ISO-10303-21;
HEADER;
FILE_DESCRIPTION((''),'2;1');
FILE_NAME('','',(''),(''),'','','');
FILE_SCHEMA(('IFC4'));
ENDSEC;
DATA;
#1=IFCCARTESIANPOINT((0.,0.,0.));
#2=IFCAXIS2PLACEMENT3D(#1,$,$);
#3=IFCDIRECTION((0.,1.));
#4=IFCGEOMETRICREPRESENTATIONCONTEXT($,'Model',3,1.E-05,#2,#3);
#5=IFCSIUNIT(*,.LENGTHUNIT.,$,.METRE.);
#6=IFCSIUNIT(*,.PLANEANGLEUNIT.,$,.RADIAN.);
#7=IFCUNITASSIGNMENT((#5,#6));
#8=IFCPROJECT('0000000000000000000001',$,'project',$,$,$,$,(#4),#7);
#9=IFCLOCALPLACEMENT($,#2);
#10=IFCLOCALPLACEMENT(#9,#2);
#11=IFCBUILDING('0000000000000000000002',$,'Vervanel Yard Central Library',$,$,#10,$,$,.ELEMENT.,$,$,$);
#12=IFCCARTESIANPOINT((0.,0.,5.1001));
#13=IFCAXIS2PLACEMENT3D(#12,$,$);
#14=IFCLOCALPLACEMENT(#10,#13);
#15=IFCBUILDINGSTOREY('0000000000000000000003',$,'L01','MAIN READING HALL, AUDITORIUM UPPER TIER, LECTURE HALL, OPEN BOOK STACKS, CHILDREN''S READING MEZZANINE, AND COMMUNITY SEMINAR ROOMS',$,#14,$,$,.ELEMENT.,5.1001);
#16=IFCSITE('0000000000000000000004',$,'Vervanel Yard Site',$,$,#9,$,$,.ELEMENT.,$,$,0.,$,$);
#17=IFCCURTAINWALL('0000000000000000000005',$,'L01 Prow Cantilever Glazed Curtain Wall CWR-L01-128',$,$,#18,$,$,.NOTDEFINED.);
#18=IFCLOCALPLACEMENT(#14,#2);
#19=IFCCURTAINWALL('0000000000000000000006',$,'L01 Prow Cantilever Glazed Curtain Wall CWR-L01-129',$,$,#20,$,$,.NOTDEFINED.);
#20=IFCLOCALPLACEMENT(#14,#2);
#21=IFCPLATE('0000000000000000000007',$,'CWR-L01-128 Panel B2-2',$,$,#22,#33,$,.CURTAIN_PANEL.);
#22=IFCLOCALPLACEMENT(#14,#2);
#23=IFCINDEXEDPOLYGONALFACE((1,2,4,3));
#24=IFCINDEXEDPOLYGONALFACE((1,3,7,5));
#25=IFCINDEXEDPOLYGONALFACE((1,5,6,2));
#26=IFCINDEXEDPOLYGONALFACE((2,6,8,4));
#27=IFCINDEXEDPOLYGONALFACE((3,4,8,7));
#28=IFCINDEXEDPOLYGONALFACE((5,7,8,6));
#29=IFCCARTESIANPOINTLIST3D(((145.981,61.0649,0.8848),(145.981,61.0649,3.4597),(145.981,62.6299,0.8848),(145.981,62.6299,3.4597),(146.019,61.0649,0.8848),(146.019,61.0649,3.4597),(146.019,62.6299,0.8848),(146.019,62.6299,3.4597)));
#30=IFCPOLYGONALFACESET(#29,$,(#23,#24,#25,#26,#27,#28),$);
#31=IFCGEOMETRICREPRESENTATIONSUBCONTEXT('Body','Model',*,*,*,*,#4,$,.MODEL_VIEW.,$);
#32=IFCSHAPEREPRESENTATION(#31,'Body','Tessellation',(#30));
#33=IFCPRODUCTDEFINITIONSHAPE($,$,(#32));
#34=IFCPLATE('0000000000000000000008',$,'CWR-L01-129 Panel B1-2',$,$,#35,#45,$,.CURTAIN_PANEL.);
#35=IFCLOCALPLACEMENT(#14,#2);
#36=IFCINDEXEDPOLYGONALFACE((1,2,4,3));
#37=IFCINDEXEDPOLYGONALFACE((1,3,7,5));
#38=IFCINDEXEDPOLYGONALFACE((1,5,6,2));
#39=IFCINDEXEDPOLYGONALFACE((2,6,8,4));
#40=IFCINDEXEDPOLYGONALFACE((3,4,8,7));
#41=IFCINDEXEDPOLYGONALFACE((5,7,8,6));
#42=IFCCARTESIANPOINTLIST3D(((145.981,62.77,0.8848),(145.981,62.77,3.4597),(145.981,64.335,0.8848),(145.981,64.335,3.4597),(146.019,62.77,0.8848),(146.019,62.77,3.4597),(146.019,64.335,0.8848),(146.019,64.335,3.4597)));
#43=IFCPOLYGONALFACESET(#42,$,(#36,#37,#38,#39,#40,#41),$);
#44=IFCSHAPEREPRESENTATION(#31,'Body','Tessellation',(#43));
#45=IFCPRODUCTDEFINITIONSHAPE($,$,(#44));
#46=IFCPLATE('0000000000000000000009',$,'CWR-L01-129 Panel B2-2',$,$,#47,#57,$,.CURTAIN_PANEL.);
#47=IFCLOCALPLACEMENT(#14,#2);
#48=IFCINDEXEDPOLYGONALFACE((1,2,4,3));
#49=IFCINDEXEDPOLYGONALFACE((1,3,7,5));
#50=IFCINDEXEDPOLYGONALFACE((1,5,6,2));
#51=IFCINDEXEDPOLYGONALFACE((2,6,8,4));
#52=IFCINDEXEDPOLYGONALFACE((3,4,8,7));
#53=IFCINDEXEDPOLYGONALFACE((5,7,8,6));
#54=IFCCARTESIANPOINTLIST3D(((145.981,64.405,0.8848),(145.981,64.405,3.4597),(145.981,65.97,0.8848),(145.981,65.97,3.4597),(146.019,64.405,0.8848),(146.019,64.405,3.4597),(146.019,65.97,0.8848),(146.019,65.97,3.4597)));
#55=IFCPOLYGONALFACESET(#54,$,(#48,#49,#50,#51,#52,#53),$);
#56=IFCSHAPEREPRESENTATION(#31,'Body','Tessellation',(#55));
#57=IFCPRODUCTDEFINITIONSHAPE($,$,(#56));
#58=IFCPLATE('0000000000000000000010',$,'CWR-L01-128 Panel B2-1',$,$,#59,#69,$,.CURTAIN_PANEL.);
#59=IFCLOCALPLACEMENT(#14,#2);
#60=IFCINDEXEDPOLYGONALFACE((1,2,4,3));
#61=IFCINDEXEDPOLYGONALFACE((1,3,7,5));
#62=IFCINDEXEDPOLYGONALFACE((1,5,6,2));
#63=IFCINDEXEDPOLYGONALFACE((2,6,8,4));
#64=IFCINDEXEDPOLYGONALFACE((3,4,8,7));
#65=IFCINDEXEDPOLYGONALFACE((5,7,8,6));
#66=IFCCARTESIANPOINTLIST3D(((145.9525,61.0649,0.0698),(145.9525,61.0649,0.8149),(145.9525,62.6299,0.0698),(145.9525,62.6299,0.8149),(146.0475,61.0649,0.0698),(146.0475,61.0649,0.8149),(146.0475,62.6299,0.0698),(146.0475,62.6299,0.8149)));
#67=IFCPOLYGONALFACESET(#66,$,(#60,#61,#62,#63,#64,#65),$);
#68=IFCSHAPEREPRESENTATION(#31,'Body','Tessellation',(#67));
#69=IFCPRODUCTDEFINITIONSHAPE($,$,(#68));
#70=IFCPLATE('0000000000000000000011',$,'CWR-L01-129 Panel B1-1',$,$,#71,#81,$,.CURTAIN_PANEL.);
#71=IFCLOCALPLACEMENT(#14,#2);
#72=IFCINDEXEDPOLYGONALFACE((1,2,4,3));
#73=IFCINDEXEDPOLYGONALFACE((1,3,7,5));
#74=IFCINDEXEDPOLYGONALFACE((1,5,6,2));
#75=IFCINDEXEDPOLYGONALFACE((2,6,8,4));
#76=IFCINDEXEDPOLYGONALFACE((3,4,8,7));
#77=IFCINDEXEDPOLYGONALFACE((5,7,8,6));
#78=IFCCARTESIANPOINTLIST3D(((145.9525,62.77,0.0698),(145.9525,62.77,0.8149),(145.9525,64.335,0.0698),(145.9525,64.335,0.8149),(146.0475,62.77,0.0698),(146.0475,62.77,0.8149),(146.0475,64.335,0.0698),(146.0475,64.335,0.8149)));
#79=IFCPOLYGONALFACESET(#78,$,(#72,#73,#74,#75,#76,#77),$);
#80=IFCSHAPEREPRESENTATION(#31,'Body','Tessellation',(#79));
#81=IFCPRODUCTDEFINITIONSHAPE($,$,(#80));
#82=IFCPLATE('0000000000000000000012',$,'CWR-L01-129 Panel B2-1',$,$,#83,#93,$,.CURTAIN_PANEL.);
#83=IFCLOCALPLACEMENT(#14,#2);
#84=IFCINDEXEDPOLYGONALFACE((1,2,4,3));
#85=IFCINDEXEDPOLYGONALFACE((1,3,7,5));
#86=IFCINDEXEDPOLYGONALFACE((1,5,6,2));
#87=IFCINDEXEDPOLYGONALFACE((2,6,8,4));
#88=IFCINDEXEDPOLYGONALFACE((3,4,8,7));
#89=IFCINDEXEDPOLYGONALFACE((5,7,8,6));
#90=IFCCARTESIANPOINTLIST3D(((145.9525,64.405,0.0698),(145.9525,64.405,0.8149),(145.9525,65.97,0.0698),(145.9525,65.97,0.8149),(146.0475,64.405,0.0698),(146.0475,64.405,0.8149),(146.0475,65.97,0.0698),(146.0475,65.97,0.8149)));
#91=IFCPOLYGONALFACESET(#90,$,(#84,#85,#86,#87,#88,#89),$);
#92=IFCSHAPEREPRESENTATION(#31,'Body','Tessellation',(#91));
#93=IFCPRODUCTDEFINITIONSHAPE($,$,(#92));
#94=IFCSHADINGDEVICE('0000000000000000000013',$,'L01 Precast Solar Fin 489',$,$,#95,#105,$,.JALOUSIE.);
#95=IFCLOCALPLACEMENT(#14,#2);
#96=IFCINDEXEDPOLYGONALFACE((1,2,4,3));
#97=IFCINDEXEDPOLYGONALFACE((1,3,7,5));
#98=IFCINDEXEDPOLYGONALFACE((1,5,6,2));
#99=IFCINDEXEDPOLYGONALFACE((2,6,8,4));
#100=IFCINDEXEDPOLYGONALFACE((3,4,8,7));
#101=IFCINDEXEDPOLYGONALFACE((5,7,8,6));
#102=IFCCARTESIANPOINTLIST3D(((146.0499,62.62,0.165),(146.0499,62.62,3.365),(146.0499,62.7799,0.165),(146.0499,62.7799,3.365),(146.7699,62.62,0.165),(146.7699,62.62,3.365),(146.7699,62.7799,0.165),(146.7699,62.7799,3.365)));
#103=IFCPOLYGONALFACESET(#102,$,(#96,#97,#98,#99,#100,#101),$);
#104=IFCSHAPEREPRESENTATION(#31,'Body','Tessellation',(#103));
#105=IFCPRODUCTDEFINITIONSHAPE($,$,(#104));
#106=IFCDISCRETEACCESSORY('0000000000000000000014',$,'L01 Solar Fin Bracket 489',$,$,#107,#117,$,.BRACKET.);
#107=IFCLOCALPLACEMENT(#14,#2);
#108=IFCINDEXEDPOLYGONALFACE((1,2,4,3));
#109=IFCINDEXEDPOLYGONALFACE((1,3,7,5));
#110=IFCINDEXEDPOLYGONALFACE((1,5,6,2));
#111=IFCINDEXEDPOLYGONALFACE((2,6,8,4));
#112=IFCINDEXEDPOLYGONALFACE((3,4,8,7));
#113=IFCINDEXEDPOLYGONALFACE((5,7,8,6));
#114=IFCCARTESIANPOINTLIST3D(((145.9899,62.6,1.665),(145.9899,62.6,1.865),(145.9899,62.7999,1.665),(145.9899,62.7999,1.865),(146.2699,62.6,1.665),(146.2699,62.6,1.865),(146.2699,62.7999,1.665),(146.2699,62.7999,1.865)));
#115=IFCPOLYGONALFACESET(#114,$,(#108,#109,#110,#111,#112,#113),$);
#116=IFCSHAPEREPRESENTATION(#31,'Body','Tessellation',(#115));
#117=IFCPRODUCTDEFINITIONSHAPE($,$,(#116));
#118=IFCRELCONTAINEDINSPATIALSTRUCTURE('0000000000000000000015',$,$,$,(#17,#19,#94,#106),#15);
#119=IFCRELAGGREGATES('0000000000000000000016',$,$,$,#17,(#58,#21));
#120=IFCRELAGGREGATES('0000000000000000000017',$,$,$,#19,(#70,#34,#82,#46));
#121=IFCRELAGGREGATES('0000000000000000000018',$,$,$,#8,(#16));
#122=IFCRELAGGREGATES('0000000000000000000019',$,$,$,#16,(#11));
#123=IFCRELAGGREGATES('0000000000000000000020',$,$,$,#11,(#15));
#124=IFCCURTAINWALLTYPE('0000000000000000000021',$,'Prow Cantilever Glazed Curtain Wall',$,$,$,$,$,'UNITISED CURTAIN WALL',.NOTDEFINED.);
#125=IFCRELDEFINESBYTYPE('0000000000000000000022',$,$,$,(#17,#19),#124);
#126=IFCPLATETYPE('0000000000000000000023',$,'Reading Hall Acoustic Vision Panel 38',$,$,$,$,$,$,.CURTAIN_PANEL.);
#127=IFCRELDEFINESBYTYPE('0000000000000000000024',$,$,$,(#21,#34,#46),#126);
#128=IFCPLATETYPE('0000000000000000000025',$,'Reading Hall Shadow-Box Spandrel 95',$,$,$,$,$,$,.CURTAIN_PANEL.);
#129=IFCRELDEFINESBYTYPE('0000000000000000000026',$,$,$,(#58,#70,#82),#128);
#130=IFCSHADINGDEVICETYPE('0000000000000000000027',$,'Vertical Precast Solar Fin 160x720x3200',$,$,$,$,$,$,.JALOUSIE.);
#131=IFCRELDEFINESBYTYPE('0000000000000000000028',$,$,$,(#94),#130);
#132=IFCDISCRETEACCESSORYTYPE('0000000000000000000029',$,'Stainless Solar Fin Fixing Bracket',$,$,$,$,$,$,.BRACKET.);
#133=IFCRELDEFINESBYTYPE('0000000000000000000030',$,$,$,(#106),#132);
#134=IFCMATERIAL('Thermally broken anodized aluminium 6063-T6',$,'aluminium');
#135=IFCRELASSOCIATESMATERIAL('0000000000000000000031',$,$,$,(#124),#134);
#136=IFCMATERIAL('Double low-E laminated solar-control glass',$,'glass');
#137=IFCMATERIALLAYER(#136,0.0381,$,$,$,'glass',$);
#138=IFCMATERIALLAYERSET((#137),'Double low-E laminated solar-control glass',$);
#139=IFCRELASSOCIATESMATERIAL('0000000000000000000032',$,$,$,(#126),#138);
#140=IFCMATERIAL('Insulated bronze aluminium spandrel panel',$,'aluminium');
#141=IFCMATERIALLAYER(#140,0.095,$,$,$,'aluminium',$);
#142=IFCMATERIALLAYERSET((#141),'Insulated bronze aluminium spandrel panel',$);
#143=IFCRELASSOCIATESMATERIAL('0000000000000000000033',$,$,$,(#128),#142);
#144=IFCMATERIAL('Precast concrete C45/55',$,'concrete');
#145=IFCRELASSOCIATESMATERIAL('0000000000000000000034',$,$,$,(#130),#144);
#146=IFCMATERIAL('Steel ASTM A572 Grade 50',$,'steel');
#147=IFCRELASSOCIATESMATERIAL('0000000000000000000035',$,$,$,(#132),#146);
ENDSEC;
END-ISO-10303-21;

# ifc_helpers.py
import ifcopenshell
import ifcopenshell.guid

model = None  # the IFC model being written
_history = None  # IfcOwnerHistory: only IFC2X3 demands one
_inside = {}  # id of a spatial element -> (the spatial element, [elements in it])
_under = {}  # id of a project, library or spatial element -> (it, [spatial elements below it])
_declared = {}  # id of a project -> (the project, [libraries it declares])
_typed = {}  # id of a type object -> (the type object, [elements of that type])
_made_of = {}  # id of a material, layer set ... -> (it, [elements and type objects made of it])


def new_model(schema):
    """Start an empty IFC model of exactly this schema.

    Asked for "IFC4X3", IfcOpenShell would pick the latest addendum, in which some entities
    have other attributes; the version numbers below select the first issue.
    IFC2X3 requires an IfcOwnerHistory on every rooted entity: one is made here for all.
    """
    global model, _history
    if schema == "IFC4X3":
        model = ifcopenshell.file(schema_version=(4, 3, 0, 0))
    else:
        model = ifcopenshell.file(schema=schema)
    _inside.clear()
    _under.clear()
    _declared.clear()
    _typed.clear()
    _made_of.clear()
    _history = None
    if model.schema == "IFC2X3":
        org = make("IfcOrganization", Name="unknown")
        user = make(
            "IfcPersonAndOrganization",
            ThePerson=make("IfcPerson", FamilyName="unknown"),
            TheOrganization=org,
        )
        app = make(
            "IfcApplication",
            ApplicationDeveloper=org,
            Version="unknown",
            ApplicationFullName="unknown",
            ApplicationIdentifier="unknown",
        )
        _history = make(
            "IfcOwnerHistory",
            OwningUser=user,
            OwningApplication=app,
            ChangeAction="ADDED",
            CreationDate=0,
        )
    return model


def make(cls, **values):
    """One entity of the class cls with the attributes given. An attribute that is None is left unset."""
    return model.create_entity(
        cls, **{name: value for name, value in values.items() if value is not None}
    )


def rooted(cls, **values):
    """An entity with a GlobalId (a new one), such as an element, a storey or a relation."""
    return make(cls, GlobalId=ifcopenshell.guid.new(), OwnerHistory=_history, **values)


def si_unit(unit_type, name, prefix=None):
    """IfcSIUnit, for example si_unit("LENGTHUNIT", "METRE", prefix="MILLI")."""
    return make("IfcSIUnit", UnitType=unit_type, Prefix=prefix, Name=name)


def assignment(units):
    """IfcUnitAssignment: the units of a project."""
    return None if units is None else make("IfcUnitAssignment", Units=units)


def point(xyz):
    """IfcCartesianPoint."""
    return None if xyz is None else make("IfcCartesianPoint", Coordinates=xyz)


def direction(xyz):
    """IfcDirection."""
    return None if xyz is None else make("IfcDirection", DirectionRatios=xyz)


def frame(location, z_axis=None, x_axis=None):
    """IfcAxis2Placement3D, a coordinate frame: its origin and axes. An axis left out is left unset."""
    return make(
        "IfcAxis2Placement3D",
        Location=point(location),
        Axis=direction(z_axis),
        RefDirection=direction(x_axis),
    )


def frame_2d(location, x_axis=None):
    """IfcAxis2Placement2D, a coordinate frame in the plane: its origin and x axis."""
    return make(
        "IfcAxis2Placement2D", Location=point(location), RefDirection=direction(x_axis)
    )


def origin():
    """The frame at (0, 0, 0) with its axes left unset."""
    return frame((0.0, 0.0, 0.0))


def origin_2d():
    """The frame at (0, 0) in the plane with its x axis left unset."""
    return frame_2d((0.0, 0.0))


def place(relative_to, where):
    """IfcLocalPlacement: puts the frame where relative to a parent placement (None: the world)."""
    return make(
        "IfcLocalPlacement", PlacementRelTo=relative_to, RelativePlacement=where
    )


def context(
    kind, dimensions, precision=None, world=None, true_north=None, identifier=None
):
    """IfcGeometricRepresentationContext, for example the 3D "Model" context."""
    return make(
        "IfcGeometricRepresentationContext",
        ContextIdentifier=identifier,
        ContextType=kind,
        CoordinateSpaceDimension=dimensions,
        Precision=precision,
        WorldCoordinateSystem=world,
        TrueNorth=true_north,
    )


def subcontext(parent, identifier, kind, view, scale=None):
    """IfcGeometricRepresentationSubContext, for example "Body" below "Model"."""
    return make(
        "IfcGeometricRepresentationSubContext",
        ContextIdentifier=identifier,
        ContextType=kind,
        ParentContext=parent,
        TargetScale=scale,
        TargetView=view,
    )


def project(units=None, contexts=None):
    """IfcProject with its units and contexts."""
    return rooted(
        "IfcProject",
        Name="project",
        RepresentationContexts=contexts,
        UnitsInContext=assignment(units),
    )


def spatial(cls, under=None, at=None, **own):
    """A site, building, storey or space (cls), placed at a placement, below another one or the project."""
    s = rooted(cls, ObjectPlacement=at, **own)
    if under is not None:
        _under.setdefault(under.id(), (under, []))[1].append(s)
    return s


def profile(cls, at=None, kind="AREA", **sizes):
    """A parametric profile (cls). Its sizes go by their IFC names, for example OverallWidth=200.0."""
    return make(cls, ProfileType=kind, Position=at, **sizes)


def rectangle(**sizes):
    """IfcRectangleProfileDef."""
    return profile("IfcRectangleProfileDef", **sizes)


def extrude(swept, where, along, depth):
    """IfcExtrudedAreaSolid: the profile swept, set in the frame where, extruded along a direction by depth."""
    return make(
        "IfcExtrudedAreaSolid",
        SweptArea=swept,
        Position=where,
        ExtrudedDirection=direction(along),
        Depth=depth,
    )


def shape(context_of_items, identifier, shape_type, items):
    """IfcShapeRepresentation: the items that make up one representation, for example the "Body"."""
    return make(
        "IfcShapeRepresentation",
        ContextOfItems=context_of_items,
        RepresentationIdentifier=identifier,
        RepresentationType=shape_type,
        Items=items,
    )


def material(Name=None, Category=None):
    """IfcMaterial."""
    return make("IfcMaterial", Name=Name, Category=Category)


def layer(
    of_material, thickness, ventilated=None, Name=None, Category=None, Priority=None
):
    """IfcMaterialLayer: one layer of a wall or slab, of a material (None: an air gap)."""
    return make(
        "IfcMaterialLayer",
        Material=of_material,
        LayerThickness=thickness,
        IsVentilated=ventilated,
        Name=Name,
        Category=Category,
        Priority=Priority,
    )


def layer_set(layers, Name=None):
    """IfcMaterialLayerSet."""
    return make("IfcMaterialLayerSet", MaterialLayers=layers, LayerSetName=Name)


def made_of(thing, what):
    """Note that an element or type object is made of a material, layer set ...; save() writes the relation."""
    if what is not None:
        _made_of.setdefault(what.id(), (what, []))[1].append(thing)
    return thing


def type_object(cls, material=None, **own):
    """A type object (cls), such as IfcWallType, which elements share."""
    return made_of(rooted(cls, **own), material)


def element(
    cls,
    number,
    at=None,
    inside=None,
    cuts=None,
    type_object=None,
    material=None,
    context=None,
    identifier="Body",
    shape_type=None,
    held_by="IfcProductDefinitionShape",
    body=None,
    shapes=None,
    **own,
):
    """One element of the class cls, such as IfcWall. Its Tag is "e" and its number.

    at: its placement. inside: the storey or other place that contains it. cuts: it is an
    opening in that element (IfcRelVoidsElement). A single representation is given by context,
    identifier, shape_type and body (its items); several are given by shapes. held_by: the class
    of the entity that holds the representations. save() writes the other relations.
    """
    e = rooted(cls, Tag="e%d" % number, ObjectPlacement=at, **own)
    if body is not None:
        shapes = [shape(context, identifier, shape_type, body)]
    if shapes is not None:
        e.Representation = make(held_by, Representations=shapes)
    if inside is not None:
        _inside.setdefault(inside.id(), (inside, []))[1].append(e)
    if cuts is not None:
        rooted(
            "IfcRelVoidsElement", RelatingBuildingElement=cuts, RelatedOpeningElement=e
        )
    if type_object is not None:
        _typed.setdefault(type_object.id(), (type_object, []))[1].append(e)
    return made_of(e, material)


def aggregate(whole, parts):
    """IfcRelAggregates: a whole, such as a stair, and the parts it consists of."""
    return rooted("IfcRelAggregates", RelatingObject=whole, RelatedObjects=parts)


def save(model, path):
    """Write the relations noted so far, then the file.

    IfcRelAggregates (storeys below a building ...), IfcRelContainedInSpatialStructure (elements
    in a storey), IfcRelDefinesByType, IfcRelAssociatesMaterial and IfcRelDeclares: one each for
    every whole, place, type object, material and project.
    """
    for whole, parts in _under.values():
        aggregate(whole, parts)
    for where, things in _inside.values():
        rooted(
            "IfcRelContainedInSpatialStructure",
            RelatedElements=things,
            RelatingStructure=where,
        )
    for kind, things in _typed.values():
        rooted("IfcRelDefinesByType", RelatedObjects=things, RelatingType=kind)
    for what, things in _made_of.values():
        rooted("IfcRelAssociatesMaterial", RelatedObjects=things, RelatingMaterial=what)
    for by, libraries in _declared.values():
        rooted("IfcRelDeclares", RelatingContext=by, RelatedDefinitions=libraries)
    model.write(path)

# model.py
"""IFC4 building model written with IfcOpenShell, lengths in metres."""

from ifc_helpers import new_model, si_unit, direction, frame, origin, origin_2d, place, context, subcontext, project, spatial, rectangle, extrude, material, layer, layer_set, type_object, element, aggregate, save


model = new_model("IFC4")

# Units and contexts
model_context = context("Model", 3, precision=1e-05, world=origin(), true_north=direction((0.0, 1.0)))
body_context = subcontext(model_context, "Body", "Model", "MODEL_VIEW")
ifc_project = project(units=[si_unit("LENGTHUNIT", "METRE"), si_unit("PLANEANGLEUNIT", "RADIAN")], contexts=[model_context])

# Site, building, storey
site_placement = place(None, origin())
site = spatial("IfcSite", under=ifc_project, at=site_placement, Name="Vervanel Yard Site", CompositionType="ELEMENT", RefElevation=0.0)
building_placement = place(site_placement, origin())
building = spatial("IfcBuilding", under=site, at=building_placement, Name="Vervanel Yard Central Library", CompositionType="ELEMENT")
storey_placement = place(building_placement, frame((0.0, 0.0, 5.1001)))
storey = spatial("IfcBuildingStorey", under=building, at=storey_placement, Name="L01", Description="MAIN READING HALL, AUDITORIUM UPPER TIER, LECTURE HALL, OPEN BOOK STACKS, CHILDREN'S READING MEZZANINE, AND COMMUNITY SEMINAR ROOMS", CompositionType="ELEMENT", Elevation=5.1001)

# Curtain wall
ifc_material_1 = material(Name="Thermally broken anodized aluminium 6063-T6", Category="aluminium")
curtain_wall_type = type_object("IfcCurtainWallType", Name="Prow Cantilever Glazed Curtain Wall", ElementType="UNITISED CURTAIN WALL", PredefinedType="NOTDEFINED", material=ifc_material_1)
curtain_wall_1_placement = place(storey_placement, origin())
curtain_wall_1 = element("IfcCurtainWall", 1, at=curtain_wall_1_placement, inside=storey, type_object=curtain_wall_type, Name="L01 Prow Cantilever Glazed Curtain Wall CWR-L01-128", PredefinedType="NOTDEFINED")

# Curtain wall
curtain_wall_2_placement = place(storey_placement, origin())
curtain_wall_2 = element("IfcCurtainWall", 2, at=curtain_wall_2_placement, inside=storey, type_object=curtain_wall_type, Name="L01 Prow Cantilever Glazed Curtain Wall CWR-L01-129", PredefinedType="NOTDEFINED")

# Plates
ifc_material_2 = material(Name="Double low-E laminated solar-control glass", Category="glass")
ifc_layer_1 = layer(ifc_material_2, 0.0381, Category="glass")
ifc_layer_set_1 = layer_set([ifc_layer_1], Name="Double low-E laminated solar-control glass")
plate_type_1 = type_object("IfcPlateType", Name="Reading Hall Acoustic Vision Panel 38", PredefinedType="CURTAIN_PANEL", material=ifc_layer_set_1)
plate_1_placement = place(storey_placement, frame((146.0, 61.8474, 0.8848), z_axis=(0.0, 0.0, 1.0), x_axis=(0.0, 1.0, 0.0)))
plate_1 = element("IfcPlate", 3, at=plate_1_placement, type_object=plate_type_1, Name="CWR-L01-128 Panel B2-2", PredefinedType="CURTAIN_PANEL", context=body_context, shape_type="SweptSolid", body=[
    extrude(rectangle(XDim=1.5649, YDim=0.0381, at=origin_2d()), origin(), (0.0, 0.0, 1.0), 2.575),
])
plate_2_placement = place(storey_placement, frame((146.0, 63.5525, 0.8848), z_axis=(0.0, 0.0, 1.0), x_axis=(0.0, 1.0, 0.0)))
plate_2 = element("IfcPlate", 4, at=plate_2_placement, type_object=plate_type_1, Name="CWR-L01-129 Panel B1-2", PredefinedType="CURTAIN_PANEL", context=body_context, shape_type="SweptSolid", body=[
    extrude(rectangle(XDim=1.5649, YDim=0.0381, at=origin_2d()), origin(), (0.0, 0.0, 1.0), 2.575),
])
plate_3_placement = place(storey_placement, frame((146.0, 65.1875, 0.8848), z_axis=(0.0, 0.0, 1.0), x_axis=(0.0, 1.0, 0.0)))
plate_3 = element("IfcPlate", 5, at=plate_3_placement, type_object=plate_type_1, Name="CWR-L01-129 Panel B2-2", PredefinedType="CURTAIN_PANEL", context=body_context, shape_type="SweptSolid", body=[
    extrude(rectangle(XDim=1.5649, YDim=0.0381, at=origin_2d()), origin(), (0.0, 0.0, 1.0), 2.575),
])
ifc_material_3 = material(Name="Insulated bronze aluminium spandrel panel", Category="aluminium")
ifc_layer_2 = layer(ifc_material_3, 0.095, Category="aluminium")
ifc_layer_set_2 = layer_set([ifc_layer_2], Name="Insulated bronze aluminium spandrel panel")
plate_type_2 = type_object("IfcPlateType", Name="Reading Hall Shadow-Box Spandrel 95", PredefinedType="CURTAIN_PANEL", material=ifc_layer_set_2)
plate_4_placement = place(storey_placement, frame((146.0, 61.8474, 0.0698), z_axis=(0.0, 0.0, 1.0), x_axis=(0.0, 1.0, 0.0)))
plate_4 = element("IfcPlate", 6, at=plate_4_placement, type_object=plate_type_2, Name="CWR-L01-128 Panel B2-1", PredefinedType="CURTAIN_PANEL", context=body_context, shape_type="SweptSolid", body=[
    extrude(rectangle(XDim=1.5649, YDim=0.095, at=origin_2d()), origin(), (0.0, 0.0, 1.0), 0.7451),
])
aggregate(curtain_wall_1, [plate_4, plate_1])
plate_5_placement = place(storey_placement, frame((146.0, 63.5525, 0.0698), z_axis=(0.0, 0.0, 1.0), x_axis=(0.0, 1.0, 0.0)))
plate_5 = element("IfcPlate", 7, at=plate_5_placement, type_object=plate_type_2, Name="CWR-L01-129 Panel B1-1", PredefinedType="CURTAIN_PANEL", context=body_context, shape_type="SweptSolid", body=[
    extrude(rectangle(XDim=1.5649, YDim=0.095, at=origin_2d()), origin(), (0.0, 0.0, 1.0), 0.7451),
])
plate_6_placement = place(storey_placement, frame((146.0, 65.1875, 0.0698), z_axis=(0.0, 0.0, 1.0), x_axis=(0.0, 1.0, 0.0)))
plate_6 = element("IfcPlate", 8, at=plate_6_placement, type_object=plate_type_2, Name="CWR-L01-129 Panel B2-1", PredefinedType="CURTAIN_PANEL", context=body_context, shape_type="SweptSolid", body=[
    extrude(rectangle(XDim=1.5649, YDim=0.095, at=origin_2d()), origin(), (0.0, 0.0, 1.0), 0.7451),
])
aggregate(curtain_wall_2, [plate_5, plate_2, plate_6, plate_3])

# Shading device
ifc_material_4 = material(Name="Precast concrete C45/55", Category="concrete")
shading_device_type = type_object("IfcShadingDeviceType", Name="Vertical Precast Solar Fin 160x720x3200", PredefinedType="JALOUSIE", material=ifc_material_4)
shading_device_placement = place(storey_placement, frame((146.4099, 62.7, 0.165), z_axis=(0.0, 0.0, 1.0), x_axis=(0.0, 1.0, 0.0)))
element("IfcShadingDevice", 9, at=shading_device_placement, inside=storey, type_object=shading_device_type, Name="L01 Precast Solar Fin 489", PredefinedType="JALOUSIE", context=body_context, shape_type="SweptSolid", body=[
    extrude(rectangle(XDim=0.1599, YDim=0.72, at=origin_2d()), origin(), (0.0, 0.0, 1.0), 3.2),
])

# Discrete accessory
ifc_material_5 = material(Name="Steel ASTM A572 Grade 50", Category="steel")
discrete_accessory_type = type_object("IfcDiscreteAccessoryType", Name="Stainless Solar Fin Fixing Bracket", PredefinedType="BRACKET", material=ifc_material_5)
discrete_accessory_placement = place(storey_placement, frame((146.1299, 62.7, 1.665), z_axis=(0.0, 0.0, 1.0), x_axis=(0.0, 1.0, 0.0)))
element("IfcDiscreteAccessory", 10, at=discrete_accessory_placement, inside=storey, type_object=discrete_accessory_type, Name="L01 Solar Fin Bracket 489", PredefinedType="BRACKET", context=body_context, shape_type="SweptSolid", body=[
    extrude(rectangle(XDim=0.2, YDim=0.28, at=origin_2d()), origin(), (0.0, 0.0, 1.0), 0.2),
])

save(model, "model.ifc")
